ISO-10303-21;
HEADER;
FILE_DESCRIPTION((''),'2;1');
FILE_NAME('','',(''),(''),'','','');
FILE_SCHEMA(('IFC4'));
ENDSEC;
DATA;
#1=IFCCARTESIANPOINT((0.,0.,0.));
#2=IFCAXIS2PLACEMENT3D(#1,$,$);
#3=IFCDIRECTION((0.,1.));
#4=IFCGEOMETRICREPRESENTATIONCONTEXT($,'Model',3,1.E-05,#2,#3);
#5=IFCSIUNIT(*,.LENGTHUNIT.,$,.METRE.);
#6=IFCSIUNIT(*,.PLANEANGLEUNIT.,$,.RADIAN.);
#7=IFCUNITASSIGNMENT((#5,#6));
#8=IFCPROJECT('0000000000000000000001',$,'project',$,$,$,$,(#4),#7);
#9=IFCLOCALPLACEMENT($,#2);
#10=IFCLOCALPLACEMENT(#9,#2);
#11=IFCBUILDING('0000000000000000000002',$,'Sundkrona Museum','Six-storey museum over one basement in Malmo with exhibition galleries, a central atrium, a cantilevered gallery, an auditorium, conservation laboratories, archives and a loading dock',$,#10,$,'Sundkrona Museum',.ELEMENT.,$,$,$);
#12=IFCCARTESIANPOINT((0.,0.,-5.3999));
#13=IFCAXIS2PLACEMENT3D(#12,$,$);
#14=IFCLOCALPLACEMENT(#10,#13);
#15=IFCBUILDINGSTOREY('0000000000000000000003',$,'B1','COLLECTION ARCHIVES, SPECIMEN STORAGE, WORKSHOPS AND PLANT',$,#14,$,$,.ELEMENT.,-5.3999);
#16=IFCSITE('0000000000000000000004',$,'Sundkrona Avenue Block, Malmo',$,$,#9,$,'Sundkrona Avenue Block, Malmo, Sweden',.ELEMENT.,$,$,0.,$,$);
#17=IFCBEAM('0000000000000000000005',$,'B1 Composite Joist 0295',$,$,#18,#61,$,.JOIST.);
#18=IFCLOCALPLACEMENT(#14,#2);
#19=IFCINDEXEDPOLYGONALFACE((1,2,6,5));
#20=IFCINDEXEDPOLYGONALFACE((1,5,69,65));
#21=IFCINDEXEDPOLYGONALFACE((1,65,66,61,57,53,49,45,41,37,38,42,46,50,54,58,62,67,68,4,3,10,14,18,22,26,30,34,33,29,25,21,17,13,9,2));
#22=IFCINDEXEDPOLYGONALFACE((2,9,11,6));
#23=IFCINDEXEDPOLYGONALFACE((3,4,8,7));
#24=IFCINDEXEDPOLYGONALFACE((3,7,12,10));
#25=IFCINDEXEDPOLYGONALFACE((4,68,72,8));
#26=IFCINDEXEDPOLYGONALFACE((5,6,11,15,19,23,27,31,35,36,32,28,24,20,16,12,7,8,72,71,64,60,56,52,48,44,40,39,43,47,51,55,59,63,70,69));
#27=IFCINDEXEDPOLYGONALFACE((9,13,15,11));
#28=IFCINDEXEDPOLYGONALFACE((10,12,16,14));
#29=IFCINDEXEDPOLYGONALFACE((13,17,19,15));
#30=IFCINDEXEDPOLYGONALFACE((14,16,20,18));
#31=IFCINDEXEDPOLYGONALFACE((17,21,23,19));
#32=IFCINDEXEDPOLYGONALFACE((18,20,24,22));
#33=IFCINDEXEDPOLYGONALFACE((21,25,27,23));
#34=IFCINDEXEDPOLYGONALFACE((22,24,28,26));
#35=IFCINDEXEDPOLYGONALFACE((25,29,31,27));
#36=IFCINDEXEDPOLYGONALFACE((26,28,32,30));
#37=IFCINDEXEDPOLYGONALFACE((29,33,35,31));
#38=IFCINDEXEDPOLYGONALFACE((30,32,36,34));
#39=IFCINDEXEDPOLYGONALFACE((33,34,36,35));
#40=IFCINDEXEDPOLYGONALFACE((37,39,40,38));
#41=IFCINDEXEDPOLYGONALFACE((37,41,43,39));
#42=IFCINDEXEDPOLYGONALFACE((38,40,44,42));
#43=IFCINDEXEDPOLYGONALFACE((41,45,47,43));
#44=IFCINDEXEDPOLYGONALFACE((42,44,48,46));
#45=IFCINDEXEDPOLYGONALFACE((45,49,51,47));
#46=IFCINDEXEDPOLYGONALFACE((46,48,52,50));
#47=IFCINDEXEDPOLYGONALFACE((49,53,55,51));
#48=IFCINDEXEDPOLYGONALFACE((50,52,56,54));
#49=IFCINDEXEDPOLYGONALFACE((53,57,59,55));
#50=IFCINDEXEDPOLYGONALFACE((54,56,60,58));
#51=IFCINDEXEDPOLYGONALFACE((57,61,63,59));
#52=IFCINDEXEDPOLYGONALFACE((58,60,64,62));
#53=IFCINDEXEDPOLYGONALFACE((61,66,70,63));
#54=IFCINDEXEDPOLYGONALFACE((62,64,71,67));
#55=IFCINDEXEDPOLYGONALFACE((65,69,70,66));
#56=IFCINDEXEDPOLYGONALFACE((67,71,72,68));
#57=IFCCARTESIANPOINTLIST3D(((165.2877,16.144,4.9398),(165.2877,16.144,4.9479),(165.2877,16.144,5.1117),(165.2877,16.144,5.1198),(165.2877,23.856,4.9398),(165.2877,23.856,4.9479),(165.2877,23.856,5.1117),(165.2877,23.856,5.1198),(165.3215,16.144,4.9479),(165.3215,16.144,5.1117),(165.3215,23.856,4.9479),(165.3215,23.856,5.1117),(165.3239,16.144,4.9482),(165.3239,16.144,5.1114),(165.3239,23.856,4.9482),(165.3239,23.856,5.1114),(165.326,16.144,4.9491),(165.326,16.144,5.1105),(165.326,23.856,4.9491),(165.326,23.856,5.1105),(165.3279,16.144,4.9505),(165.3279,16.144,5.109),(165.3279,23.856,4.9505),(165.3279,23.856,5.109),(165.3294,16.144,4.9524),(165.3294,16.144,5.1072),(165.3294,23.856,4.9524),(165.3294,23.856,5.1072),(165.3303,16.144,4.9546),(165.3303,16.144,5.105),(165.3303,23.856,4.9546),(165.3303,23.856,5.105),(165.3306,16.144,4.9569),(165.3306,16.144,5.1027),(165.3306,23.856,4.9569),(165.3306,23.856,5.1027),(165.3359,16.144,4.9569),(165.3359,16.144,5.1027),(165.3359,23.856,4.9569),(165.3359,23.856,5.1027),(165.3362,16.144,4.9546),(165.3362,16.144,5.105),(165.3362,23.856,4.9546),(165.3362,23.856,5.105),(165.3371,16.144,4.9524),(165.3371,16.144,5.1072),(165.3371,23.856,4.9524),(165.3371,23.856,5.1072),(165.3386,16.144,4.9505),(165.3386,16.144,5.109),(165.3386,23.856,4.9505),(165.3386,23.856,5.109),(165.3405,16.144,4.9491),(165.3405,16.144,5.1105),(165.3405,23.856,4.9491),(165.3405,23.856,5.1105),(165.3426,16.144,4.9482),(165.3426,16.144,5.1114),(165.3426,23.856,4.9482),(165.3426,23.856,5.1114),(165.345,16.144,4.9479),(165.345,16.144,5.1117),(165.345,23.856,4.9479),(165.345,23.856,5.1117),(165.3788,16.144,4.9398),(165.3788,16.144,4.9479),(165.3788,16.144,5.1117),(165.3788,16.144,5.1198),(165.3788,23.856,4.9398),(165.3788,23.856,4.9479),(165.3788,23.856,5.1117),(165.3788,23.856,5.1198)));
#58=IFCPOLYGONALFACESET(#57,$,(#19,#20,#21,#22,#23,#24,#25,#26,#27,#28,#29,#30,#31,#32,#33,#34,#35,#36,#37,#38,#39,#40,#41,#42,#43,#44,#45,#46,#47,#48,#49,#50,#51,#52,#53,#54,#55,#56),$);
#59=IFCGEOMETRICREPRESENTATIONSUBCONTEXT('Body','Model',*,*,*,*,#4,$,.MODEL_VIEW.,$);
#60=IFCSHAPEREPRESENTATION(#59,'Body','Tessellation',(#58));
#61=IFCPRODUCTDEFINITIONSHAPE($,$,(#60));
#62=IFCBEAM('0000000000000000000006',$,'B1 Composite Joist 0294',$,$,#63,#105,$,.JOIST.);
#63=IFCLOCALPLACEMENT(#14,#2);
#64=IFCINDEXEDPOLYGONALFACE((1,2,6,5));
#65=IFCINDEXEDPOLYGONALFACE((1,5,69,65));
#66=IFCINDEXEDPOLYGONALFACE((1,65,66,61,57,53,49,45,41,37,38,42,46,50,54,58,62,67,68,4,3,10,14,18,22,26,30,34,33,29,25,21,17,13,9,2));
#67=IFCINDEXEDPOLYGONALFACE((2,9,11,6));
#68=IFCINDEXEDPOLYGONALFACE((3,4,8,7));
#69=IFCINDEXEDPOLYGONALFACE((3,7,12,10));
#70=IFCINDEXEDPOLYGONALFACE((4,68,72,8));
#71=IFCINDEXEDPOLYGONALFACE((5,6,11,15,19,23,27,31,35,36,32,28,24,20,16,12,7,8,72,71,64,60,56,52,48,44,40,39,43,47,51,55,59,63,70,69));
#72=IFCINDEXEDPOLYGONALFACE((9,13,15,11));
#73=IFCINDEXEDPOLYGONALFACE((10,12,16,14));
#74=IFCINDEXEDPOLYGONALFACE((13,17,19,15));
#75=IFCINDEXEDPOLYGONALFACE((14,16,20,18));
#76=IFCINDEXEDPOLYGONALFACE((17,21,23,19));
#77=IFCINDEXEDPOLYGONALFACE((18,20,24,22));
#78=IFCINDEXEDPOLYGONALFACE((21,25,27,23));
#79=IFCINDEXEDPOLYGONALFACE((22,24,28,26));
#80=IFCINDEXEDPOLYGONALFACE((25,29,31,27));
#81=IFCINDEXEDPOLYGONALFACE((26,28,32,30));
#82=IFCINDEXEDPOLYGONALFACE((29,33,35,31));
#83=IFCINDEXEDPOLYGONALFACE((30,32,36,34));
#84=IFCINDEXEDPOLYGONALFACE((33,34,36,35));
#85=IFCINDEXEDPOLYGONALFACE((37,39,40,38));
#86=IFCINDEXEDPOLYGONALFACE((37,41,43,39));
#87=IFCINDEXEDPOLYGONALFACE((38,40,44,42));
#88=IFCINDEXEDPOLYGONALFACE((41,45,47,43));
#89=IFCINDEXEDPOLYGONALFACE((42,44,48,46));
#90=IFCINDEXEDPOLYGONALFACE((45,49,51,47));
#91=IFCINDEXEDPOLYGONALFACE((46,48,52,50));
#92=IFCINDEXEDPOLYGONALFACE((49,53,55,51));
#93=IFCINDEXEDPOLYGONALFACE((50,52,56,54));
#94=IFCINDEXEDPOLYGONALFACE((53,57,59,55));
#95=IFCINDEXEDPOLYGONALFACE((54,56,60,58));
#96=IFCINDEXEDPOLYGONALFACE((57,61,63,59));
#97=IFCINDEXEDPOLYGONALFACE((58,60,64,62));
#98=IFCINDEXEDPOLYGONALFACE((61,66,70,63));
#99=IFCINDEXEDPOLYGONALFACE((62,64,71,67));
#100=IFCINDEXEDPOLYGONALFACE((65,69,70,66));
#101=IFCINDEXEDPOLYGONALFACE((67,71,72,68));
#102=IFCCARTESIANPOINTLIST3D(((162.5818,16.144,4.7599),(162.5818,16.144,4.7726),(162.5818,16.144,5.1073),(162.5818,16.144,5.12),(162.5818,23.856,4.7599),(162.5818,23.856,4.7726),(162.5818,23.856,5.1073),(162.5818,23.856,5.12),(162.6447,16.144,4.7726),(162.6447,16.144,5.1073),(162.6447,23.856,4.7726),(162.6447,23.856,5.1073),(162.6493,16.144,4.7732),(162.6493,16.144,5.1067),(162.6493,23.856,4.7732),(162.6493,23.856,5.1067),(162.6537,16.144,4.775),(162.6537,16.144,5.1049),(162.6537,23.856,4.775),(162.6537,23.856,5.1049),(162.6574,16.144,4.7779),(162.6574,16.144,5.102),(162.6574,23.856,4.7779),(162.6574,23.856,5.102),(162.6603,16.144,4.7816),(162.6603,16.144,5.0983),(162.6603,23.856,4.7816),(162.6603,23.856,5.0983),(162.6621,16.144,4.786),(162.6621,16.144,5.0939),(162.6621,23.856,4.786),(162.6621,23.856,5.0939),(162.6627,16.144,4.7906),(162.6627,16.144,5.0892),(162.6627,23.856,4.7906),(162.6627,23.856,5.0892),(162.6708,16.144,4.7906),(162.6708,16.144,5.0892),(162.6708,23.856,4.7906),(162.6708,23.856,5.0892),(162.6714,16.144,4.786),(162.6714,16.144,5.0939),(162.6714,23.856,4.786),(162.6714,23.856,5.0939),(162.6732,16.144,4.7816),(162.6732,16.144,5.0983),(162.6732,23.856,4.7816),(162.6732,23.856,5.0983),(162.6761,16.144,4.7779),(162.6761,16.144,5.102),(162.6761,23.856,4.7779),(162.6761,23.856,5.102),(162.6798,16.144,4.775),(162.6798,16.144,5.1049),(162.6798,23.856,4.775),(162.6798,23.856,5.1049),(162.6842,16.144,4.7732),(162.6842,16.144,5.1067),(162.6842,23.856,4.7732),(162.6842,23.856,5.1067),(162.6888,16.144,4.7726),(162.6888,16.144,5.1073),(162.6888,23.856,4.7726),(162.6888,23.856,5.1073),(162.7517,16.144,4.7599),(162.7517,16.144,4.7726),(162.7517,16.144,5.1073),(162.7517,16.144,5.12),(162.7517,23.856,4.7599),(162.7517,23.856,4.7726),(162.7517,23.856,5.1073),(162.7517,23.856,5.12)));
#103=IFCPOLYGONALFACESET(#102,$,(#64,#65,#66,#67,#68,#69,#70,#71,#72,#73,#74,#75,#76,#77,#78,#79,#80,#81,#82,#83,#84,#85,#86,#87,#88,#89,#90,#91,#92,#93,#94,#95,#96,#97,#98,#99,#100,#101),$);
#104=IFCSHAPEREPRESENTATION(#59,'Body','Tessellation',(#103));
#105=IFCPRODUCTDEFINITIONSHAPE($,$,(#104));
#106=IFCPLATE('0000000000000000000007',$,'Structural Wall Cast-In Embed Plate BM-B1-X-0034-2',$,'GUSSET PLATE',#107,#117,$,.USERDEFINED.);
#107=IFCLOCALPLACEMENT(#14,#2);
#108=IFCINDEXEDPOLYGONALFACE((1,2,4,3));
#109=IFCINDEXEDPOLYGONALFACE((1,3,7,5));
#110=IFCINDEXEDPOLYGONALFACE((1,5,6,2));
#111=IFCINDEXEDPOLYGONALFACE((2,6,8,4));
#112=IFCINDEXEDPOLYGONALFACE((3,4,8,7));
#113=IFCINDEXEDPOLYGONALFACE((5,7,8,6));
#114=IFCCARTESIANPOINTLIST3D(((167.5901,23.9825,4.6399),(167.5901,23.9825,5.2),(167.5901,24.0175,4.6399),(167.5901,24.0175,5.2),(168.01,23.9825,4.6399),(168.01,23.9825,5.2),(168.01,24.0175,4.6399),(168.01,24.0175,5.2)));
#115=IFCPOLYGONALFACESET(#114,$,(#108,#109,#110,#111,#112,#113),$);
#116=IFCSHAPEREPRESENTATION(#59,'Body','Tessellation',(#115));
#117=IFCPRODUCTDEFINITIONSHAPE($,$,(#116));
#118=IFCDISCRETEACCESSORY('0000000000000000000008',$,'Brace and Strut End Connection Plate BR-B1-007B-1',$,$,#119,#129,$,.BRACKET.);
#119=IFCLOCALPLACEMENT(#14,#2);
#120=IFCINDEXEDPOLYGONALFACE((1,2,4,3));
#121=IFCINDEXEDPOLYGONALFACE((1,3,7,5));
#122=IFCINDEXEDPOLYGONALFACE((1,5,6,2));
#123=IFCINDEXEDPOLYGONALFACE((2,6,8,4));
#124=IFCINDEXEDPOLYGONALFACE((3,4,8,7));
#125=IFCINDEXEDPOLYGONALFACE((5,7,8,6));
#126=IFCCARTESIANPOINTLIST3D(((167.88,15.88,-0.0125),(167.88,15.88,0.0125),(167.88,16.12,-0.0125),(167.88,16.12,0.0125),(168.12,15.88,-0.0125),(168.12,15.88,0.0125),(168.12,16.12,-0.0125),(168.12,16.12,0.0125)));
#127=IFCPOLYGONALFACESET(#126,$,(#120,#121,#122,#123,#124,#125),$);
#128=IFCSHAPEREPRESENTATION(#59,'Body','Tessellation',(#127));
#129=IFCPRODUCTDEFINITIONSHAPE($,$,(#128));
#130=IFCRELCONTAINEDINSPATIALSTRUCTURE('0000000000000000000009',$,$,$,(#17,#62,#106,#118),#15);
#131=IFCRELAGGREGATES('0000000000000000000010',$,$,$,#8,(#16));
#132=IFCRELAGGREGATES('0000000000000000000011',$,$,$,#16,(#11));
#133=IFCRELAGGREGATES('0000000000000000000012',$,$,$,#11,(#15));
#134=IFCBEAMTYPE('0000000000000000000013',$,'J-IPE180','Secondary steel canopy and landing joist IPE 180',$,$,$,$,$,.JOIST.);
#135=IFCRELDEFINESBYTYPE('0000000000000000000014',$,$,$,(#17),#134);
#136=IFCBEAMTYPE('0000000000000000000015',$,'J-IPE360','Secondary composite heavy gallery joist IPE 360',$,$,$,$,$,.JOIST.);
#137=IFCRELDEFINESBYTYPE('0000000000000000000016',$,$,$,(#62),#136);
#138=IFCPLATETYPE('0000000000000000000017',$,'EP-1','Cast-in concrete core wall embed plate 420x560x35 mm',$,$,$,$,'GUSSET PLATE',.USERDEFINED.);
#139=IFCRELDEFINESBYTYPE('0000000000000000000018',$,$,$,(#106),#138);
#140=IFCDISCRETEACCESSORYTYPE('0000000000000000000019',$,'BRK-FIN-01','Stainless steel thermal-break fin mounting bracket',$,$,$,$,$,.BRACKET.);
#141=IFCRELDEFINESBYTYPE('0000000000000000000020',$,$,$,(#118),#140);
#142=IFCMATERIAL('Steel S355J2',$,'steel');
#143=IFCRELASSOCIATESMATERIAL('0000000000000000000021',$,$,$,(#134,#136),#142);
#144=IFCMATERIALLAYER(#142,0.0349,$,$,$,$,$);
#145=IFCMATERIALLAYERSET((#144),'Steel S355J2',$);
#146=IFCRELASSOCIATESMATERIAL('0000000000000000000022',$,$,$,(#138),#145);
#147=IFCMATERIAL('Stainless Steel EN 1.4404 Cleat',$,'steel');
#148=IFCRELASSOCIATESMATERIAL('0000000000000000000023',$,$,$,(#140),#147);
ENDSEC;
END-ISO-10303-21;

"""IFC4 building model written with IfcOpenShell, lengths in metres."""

from ifc_helpers import new_model, si_unit, direction, frame, origin, origin_2d, place, context, subcontext, project, spatial, rectangle, i_section, extrude, material, layer, layer_set, material_profile, profile_set, type_object, element, save


model = new_model("IFC4")

# Units and contexts
model_context = context("Model", 3, precision=1e-05, world=origin(), true_north=direction((0.0, 1.0)))
body_context = subcontext(model_context, "Body", "Model", "MODEL_VIEW")
ifc_project = project(units=[si_unit("LENGTHUNIT", "METRE"), si_unit("PLANEANGLEUNIT", "RADIAN")], contexts=[model_context])

# Site, building, storey
site_placement = place(None, origin())
site = spatial("IfcSite", under=ifc_project, at=site_placement, Name="Sundkrona Avenue Block, Malmo", LongName="Sundkrona Avenue Block, Malmo, Sweden", CompositionType="ELEMENT", RefElevation=0.0)
building_placement = place(site_placement, origin())
building = spatial("IfcBuilding", under=site, at=building_placement, Name="Sundkrona Museum", Description="Six-storey museum over one basement in Malmo with exhibition galleries, a central atrium, a cantilevered gallery, an auditorium, conservation laboratories, archives and a loading dock", LongName="Sundkrona Museum", CompositionType="ELEMENT")
storey_placement = place(building_placement, frame((0.0, 0.0, -5.3999)))
storey = spatial("IfcBuildingStorey", under=building, at=storey_placement, Name="B1", Description="COLLECTION ARCHIVES, SPECIMEN STORAGE, WORKSHOPS AND PLANT", CompositionType="ELEMENT", Elevation=-5.3999)

# Shared definitions
ifc_material_1 = material(Name="Steel S355J2", Category="steel")

# Beams
ifc_material_profile_1 = material_profile(ifc_material_1, i_section(OverallWidth=0.0911, OverallDepth=0.1799, WebThickness=0.0054, FlangeThickness=0.0081, FilletRadius=0.009, at=origin_2d()), Name="IPE 180")
ifc_profile_set_1 = profile_set([ifc_material_profile_1], Name="Steel S355J2")
beam_type_1 = type_object("IfcBeamType", Name="J-IPE180", Description="Secondary steel canopy and landing joist IPE 180", PredefinedType="JOIST", material=ifc_profile_set_1)
beam_1_placement = place(storey_placement, frame((165.3333, 16.144, 5.0298), z_axis=(0.0, 1.0, 0.0), x_axis=(-1.0, 0.0, 0.0)))
element("IfcBeam", 1, at=beam_1_placement, inside=storey, type_object=beam_type_1, Name="B1 Composite Joist 0295", PredefinedType="JOIST", context=body_context, shape_type="SweptSolid", body=[
    extrude(i_section(OverallWidth=0.0911, OverallDepth=0.1799, WebThickness=0.0054, FlangeThickness=0.0081, FilletRadius=0.009, at=origin_2d()), origin(), (0.0, 0.0, 1.0), 7.7119),
])
ifc_material_profile_2 = material_profile(ifc_material_1, i_section(OverallWidth=0.1699, OverallDepth=0.3601, WebThickness=0.0081, FlangeThickness=0.0127, FilletRadius=0.0181, at=origin_2d()), Name="IPE 360")
ifc_profile_set_2 = profile_set([ifc_material_profile_2], Name="Steel S355J2")
beam_type_2 = type_object("IfcBeamType", Name="J-IPE360", Description="Secondary composite heavy gallery joist IPE 360", PredefinedType="JOIST", material=ifc_profile_set_2)
beam_2_placement = place(storey_placement, frame((162.6667, 16.144, 4.9399), z_axis=(0.0, 1.0, 0.0), x_axis=(-1.0, 0.0, 0.0)))
element("IfcBeam", 2, at=beam_2_placement, inside=storey, type_object=beam_type_2, Name="B1 Composite Joist 0294", PredefinedType="JOIST", context=body_context, shape_type="SweptSolid", body=[
    extrude(i_section(OverallWidth=0.1699, OverallDepth=0.3601, WebThickness=0.0081, FlangeThickness=0.0127, FilletRadius=0.0181, at=origin_2d()), origin(), (0.0, 0.0, 1.0), 7.7119),
])

# Plate
ifc_layer = layer(ifc_material_1, 0.0349)
ifc_layer_set = layer_set([ifc_layer], Name="Steel S355J2")
plate_type = type_object("IfcPlateType", Name="EP-1", Description="Cast-in concrete core wall embed plate 420x560x35 mm", ElementType="GUSSET PLATE", PredefinedType="USERDEFINED", material=ifc_layer_set)
plate_placement = place(storey_placement, frame((167.8, 24.0, 4.6399), z_axis=(0.0, 0.0, 1.0), x_axis=(1.0, 0.0, 0.0)))
element("IfcPlate", 3, at=plate_placement, inside=storey, type_object=plate_type, Name="Structural Wall Cast-In Embed Plate BM-B1-X-0034-2", ObjectType="GUSSET PLATE", PredefinedType="USERDEFINED", context=body_context, shape_type="SweptSolid", body=[
    extrude(rectangle(XDim=0.4199, YDim=0.0349, at=origin_2d()), origin(), (0.0, 0.0, 1.0), 0.5601),
])

# Discrete accessory
ifc_material_2 = material(Name="Stainless Steel EN 1.4404 Cleat", Category="steel")
discrete_accessory_type = type_object("IfcDiscreteAccessoryType", Name="BRK-FIN-01", Description="Stainless steel thermal-break fin mounting bracket", PredefinedType="BRACKET", material=ifc_material_2)
discrete_accessory_placement = place(storey_placement, frame((168.0, 16.0, -0.0125), z_axis=(0.0, 0.0, 1.0), x_axis=(1.0, 0.0, 0.0)))
element("IfcDiscreteAccessory", 4, at=discrete_accessory_placement, inside=storey, type_object=discrete_accessory_type, Name="Brace and Strut End Connection Plate BR-B1-007B-1", PredefinedType="BRACKET", context=body_context, shape_type="SweptSolid", body=[
    extrude(rectangle(XDim=0.24, YDim=0.24, at=origin_2d()), origin(), (0.0, 0.0, 1.0), 0.0249),
])

save(model, "model.ifc")
